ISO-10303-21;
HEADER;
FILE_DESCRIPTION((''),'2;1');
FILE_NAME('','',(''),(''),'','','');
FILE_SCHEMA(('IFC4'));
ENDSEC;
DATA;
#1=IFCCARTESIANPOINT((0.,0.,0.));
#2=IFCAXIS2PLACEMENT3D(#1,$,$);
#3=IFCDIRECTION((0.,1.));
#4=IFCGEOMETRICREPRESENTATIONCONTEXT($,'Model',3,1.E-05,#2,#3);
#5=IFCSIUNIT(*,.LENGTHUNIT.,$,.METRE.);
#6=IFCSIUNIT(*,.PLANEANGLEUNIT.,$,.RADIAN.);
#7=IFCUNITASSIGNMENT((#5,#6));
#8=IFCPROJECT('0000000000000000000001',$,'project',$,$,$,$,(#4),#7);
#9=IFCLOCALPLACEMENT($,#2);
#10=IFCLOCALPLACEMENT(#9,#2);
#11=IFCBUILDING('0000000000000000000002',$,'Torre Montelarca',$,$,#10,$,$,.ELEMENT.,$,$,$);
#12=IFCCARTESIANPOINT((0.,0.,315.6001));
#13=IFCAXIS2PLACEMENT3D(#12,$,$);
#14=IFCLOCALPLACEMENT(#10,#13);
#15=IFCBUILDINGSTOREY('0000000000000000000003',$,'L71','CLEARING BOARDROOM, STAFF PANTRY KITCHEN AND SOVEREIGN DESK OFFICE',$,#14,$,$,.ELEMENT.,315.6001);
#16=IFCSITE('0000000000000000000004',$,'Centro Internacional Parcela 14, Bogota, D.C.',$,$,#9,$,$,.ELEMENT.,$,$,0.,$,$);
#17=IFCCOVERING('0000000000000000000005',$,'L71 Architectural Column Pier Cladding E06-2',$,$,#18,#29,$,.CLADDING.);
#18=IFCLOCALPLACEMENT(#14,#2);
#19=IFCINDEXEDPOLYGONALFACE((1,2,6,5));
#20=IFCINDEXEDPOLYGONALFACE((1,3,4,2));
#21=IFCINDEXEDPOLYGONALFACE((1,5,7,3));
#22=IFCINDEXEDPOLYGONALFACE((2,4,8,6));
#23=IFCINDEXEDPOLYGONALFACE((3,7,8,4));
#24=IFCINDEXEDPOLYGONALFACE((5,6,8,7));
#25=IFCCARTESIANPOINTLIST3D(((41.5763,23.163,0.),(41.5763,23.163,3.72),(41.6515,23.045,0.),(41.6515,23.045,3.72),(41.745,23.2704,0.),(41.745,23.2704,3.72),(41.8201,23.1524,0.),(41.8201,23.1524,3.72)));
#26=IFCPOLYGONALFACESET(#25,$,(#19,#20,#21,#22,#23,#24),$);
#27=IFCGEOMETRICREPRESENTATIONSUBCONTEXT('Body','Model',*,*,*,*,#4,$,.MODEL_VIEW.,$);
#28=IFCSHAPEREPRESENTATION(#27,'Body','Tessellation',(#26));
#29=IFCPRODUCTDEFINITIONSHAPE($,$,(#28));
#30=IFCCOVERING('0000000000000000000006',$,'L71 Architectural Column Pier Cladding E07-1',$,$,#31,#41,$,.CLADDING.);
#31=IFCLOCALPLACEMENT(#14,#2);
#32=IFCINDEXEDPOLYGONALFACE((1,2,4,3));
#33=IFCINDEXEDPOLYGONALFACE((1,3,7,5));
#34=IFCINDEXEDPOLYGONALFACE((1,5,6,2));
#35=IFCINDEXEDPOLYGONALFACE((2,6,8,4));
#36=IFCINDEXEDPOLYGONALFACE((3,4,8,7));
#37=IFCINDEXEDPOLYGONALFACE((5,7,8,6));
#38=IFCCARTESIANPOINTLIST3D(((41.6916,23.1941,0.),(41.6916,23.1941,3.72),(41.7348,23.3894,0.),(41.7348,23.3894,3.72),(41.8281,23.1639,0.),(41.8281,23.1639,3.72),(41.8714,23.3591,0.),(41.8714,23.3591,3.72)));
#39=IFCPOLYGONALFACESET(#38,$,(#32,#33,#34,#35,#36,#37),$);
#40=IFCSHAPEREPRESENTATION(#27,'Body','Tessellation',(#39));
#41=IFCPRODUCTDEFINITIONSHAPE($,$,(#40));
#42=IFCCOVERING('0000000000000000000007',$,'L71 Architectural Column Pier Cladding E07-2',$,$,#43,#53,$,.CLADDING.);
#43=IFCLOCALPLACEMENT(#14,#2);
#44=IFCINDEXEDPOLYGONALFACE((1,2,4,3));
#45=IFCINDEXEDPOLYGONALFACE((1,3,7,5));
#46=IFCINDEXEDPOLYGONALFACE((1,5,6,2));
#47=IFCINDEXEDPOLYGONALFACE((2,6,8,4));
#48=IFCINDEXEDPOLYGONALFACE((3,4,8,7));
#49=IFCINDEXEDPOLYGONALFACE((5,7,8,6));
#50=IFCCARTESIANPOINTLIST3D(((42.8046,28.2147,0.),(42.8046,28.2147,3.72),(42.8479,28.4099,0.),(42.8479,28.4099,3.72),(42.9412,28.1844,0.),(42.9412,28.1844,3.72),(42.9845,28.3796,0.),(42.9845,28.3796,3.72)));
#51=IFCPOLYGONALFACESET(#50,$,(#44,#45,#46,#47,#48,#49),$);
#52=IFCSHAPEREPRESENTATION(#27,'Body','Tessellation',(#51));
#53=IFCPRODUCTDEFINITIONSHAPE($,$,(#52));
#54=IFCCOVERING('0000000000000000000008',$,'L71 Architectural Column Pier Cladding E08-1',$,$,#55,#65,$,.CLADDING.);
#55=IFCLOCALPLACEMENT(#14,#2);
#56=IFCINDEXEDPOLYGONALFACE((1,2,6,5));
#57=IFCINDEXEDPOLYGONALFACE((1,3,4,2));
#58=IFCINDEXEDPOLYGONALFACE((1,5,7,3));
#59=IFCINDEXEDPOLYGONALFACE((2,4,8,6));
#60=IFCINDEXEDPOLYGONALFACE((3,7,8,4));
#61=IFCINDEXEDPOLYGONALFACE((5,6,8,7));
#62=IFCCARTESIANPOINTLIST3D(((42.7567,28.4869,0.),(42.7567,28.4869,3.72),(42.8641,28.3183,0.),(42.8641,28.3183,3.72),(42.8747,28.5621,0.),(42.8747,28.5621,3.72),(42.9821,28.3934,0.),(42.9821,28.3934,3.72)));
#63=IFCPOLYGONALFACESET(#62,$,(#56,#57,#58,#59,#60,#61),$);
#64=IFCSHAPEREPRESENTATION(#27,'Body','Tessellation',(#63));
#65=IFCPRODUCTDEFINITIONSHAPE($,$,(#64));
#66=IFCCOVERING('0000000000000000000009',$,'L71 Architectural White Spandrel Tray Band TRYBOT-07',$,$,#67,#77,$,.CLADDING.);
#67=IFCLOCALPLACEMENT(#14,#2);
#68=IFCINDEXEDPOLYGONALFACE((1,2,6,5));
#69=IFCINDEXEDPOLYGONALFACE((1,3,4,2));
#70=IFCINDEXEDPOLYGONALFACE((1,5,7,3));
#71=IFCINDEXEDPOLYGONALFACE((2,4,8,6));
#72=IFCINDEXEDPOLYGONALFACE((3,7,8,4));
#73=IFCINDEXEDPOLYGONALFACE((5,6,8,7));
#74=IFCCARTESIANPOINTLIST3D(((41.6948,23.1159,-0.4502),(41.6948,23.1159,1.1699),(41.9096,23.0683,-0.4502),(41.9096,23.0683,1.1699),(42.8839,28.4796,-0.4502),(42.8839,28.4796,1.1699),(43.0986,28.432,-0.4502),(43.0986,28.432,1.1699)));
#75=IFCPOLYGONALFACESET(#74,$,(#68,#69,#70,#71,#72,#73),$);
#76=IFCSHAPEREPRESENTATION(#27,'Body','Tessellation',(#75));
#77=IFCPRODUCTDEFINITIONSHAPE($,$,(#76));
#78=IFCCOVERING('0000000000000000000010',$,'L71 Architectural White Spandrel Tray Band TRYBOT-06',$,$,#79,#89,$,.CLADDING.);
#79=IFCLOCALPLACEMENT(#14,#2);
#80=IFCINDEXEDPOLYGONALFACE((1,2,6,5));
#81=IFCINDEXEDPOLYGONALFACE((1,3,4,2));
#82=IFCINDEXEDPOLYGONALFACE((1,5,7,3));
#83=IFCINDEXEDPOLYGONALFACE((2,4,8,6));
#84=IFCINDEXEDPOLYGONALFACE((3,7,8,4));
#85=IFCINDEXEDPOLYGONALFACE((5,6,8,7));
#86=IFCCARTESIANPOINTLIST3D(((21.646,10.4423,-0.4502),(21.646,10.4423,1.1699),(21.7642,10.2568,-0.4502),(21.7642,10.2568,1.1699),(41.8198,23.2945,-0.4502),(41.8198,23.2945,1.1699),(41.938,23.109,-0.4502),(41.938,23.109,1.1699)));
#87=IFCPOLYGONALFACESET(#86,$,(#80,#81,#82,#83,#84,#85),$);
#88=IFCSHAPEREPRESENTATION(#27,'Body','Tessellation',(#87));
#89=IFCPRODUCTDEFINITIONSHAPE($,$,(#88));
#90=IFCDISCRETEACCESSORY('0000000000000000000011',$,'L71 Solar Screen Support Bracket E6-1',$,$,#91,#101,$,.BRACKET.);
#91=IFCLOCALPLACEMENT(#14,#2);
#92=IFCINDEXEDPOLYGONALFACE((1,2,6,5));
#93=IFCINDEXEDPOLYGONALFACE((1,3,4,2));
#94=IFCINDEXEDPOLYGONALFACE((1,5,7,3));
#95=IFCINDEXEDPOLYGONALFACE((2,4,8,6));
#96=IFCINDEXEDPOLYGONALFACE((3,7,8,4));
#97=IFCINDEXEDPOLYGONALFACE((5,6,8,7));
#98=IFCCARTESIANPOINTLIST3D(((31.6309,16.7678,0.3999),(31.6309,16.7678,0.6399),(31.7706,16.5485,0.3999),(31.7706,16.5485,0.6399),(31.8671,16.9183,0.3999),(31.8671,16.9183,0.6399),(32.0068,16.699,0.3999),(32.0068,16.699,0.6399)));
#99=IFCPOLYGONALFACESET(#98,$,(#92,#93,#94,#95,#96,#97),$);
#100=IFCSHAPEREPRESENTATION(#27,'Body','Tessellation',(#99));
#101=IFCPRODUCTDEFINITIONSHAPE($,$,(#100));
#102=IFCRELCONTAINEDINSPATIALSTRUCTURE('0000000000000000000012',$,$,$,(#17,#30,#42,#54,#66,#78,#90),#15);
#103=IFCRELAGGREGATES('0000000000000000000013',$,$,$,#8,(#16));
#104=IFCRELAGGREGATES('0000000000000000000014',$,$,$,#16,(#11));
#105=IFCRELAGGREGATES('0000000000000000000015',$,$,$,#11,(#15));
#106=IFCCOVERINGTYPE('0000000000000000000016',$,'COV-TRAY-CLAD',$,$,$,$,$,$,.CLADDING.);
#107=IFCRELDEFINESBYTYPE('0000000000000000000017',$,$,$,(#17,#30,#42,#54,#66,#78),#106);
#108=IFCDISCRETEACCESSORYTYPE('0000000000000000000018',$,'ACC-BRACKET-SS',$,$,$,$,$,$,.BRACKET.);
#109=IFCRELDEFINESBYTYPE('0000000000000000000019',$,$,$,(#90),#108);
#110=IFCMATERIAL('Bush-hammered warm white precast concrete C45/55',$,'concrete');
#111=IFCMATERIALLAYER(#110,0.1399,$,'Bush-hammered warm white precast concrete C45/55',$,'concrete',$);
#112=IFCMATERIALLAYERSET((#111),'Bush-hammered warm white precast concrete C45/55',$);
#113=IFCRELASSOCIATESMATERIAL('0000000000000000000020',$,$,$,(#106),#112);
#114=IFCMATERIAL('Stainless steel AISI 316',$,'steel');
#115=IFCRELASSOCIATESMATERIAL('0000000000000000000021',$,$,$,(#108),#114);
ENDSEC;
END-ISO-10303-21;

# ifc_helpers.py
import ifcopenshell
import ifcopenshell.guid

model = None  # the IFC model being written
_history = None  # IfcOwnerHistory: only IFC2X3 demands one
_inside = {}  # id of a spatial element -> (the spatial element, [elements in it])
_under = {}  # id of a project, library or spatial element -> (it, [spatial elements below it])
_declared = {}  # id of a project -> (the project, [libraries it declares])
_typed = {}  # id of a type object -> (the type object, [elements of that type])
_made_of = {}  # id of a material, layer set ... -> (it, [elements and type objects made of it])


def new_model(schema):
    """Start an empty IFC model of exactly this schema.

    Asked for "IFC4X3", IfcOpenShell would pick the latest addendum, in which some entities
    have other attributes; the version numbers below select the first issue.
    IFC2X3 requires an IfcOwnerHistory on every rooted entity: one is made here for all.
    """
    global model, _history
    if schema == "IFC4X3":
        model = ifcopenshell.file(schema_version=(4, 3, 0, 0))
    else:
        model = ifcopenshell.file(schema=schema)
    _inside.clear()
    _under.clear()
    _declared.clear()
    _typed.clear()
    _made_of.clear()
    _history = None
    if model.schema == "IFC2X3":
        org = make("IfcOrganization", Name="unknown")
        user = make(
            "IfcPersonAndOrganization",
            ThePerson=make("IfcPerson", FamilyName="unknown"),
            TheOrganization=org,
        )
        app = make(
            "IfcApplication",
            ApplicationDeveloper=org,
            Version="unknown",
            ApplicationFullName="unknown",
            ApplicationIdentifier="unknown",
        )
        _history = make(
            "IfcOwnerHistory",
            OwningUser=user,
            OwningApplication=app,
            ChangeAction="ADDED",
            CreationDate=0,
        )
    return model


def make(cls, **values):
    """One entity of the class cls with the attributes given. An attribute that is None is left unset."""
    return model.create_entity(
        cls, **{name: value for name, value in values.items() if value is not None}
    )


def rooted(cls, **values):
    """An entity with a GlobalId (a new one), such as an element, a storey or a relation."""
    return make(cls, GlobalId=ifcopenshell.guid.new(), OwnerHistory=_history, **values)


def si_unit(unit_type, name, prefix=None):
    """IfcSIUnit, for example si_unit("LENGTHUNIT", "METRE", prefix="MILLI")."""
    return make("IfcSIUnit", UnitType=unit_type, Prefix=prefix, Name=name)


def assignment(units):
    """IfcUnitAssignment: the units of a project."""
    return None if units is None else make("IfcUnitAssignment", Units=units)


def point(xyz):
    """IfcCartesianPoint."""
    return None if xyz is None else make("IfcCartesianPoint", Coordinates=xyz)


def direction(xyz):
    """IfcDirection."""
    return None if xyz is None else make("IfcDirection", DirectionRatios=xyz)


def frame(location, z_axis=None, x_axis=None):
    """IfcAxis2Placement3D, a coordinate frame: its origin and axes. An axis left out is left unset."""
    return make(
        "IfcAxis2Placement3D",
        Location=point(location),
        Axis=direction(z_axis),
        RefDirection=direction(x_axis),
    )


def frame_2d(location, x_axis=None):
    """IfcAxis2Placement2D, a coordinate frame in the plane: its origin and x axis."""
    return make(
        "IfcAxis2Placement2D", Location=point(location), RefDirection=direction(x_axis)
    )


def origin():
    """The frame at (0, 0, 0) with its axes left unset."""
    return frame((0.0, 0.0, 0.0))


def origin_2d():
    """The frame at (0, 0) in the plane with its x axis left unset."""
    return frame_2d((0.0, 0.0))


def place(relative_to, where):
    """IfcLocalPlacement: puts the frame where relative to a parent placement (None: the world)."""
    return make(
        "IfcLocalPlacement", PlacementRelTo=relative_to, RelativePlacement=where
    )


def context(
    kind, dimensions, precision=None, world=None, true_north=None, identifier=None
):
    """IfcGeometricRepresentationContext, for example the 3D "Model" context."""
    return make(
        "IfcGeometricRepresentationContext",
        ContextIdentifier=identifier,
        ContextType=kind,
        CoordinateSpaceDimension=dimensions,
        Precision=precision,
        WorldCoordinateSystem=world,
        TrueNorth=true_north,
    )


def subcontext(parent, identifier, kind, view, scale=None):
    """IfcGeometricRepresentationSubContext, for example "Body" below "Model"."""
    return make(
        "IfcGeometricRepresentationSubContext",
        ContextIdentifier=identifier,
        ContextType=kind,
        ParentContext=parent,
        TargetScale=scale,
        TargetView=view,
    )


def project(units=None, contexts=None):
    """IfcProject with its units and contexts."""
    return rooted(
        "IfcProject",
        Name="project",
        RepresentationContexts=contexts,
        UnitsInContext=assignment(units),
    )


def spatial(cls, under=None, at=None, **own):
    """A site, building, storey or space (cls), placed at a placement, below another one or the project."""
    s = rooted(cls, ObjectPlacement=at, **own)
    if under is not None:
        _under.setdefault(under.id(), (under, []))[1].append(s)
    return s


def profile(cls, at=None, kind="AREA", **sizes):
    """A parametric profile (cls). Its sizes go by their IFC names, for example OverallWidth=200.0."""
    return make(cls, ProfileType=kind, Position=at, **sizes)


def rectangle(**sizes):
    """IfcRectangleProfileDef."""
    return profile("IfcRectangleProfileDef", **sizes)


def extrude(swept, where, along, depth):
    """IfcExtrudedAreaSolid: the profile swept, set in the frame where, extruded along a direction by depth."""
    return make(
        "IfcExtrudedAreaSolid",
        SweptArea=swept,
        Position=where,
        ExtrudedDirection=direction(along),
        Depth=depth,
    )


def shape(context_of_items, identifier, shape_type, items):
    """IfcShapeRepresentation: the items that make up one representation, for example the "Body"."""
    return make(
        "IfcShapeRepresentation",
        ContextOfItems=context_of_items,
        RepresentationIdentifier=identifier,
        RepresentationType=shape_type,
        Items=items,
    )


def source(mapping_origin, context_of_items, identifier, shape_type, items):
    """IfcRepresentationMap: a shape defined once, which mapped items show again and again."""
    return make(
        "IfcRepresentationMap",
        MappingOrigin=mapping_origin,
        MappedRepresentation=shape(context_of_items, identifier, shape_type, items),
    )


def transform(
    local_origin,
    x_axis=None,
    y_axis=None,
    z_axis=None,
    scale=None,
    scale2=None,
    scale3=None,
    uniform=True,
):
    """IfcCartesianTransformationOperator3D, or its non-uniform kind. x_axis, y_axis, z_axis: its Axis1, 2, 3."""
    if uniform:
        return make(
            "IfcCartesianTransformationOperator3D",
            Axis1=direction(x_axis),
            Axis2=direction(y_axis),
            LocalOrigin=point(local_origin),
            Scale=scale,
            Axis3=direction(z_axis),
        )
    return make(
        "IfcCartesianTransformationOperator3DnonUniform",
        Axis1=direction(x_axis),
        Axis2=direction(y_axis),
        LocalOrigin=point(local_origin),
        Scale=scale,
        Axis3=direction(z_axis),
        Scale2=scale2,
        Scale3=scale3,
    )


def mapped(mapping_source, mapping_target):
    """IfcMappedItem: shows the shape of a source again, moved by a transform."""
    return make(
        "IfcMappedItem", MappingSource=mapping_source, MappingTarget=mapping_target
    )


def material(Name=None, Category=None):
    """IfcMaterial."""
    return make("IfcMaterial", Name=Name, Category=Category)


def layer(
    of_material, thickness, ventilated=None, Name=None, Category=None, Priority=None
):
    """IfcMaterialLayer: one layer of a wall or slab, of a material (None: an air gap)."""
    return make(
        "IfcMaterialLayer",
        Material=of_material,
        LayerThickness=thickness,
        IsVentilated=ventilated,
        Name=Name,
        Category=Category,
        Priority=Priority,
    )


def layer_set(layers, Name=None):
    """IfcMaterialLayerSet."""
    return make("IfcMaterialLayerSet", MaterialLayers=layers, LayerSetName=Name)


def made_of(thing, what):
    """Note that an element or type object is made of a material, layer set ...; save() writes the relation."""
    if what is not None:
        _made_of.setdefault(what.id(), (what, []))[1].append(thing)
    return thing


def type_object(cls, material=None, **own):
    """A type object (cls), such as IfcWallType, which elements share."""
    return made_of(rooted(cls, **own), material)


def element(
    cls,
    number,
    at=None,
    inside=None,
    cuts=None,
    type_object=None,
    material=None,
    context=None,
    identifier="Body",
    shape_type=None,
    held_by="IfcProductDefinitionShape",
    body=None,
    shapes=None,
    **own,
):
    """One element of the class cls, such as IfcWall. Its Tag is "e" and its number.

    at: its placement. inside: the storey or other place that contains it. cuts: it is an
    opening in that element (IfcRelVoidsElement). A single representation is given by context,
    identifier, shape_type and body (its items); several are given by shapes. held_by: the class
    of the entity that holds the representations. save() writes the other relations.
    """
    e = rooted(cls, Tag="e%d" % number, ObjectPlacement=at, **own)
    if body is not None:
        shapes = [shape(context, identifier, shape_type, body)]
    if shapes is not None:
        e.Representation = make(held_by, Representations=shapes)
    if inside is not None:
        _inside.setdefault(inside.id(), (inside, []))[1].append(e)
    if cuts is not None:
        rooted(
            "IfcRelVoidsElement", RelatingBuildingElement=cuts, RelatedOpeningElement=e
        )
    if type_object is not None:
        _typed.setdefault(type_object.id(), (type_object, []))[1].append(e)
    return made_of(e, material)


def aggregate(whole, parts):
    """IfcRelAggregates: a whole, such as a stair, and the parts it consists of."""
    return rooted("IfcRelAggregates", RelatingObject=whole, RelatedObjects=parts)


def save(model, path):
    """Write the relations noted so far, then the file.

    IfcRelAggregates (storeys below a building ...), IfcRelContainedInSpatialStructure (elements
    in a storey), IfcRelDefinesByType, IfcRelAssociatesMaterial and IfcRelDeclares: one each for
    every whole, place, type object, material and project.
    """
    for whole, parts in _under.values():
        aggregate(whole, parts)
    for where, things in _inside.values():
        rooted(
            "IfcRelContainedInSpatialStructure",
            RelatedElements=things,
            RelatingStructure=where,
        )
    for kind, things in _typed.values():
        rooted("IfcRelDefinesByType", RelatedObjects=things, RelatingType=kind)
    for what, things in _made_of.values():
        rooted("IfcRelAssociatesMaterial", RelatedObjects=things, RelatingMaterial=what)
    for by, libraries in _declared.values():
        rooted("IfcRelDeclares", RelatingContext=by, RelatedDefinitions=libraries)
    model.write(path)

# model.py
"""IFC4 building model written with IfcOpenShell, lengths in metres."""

from ifc_helpers import new_model, si_unit, direction, frame, origin, origin_2d, place, context, subcontext, project, spatial, rectangle, extrude, source, transform, mapped, material, layer, layer_set, type_object, element, save


model = new_model("IFC4")

# Units and contexts
model_context = context("Model", 3, precision=1e-05, world=origin(), true_north=direction((0.0, 1.0)))
body_context = subcontext(model_context, "Body", "Model", "MODEL_VIEW")
ifc_project = project(units=[si_unit("LENGTHUNIT", "METRE"), si_unit("PLANEANGLEUNIT", "RADIAN")], contexts=[model_context])

# Site, building, storey
site_placement = place(None, origin())
site = spatial("IfcSite", under=ifc_project, at=site_placement, Name="Centro Internacional Parcela 14, Bogota, D.C.", CompositionType="ELEMENT", RefElevation=0.0)
building_placement = place(site_placement, origin())
building = spatial("IfcBuilding", under=site, at=building_placement, Name="Torre Montelarca", CompositionType="ELEMENT")
storey_placement = place(building_placement, frame((0.0, 0.0, 315.6001)))
storey = spatial("IfcBuildingStorey", under=building, at=storey_placement, Name="L71", Description="CLEARING BOARDROOM, STAFF PANTRY KITCHEN AND SOVEREIGN DESK OFFICE", CompositionType="ELEMENT", Elevation=315.6001)

# Coverings
ifc_material_1 = material(Name="Bush-hammered warm white precast concrete C45/55", Category="concrete")
ifc_layer_1 = layer(ifc_material_1, 0.1399, Name="Bush-hammered warm white precast concrete C45/55", Category="concrete")
ifc_layer_set_1 = layer_set([ifc_layer_1], Name="Bush-hammered warm white precast concrete C45/55")
covering_type = type_object("IfcCoveringType", Name="COV-TRAY-CLAD", PredefinedType="CLADDING", material=ifc_layer_set_1)
shared_shape_1 = source(origin(), body_context, "Body", "SweptSolid", [
    extrude(rectangle(XDim=0.2, YDim=0.1399, at=origin_2d()), origin(), (0.0, 0.0, 1.0), 3.72),
])
for number, where, z_axis, x_axis, name in (
    (1, (41.6982, 23.1577, 0.0), (0.0, 0.0, 1.0), (0.843391, 0.537301, 0.0), "L71 Architectural Column Pier Cladding E06-2"),
    (2, (41.7815, 23.2766, 0.0), (0.0, 0.0, 1.0), (0.216429, 0.976298, 0.0), "L71 Architectural Column Pier Cladding E07-1"),
    (3, (42.8945, 28.2971, 0.0), (0.0, 0.0, 1.0), (0.216429, 0.976298, 0.0), "L71 Architectural Column Pier Cladding E07-2"),
    (4, (42.8694, 28.4402, 0.0), (0.0, 0.0, 1.0), (-0.5373, 0.843391, 0.0), "L71 Architectural Column Pier Cladding E08-1"),
):
    element("IfcCovering", number, at=place(storey_placement, frame(where, z_axis=z_axis, x_axis=x_axis)), inside=storey, type_object=covering_type, Name=name, PredefinedType="CLADDING", context=body_context, shape_type="MappedRepresentation", body=[
        mapped(shared_shape_1, transform((0.0, 0.0, 0.0), scale=1.0)),
    ])
shared_shape_2 = source(origin(), body_context, "Body", "SweptSolid", [
    extrude(rectangle(XDim=5.4939, YDim=0.22, at=origin_2d()), origin(), (0.0, 0.0, 1.0), 1.6201),
])
covering_1_placement = place(storey_placement, frame((42.3967, 25.7739, -0.4502), z_axis=(0.0, 0.0, 1.0), x_axis=(0.216433, 0.976298, 0.0)))
element("IfcCovering", 5, at=covering_1_placement, inside=storey, type_object=covering_type, Name="L71 Architectural White Spandrel Tray Band TRYBOT-07", PredefinedType="CLADDING", context=body_context, shape_type="MappedRepresentation", body=[
    mapped(shared_shape_2, transform((0.0, 0.0, 0.0), scale=1.0)),
])
shared_shape_3 = source(origin(), body_context, "Body", "SweptSolid", [
    extrude(rectangle(XDim=23.9199, YDim=0.22, at=origin_2d()), origin(), (0.0, 0.0, 1.0), 1.6201),
])
covering_2_placement = place(storey_placement, frame((31.792, 16.7756, -0.4502), z_axis=(0.0, 0.0, 1.0), x_axis=(0.843391, 0.5373, 0.0)))
element("IfcCovering", 6, at=covering_2_placement, inside=storey, type_object=covering_type, Name="L71 Architectural White Spandrel Tray Band TRYBOT-06", PredefinedType="CLADDING", context=body_context, shape_type="MappedRepresentation", body=[
    mapped(shared_shape_3, transform((0.0, 0.0, 0.0), scale=1.0)),
])

# Discrete accessory
ifc_material_2 = material(Name="Stainless steel AISI 316", Category="steel")
discrete_accessory_type = type_object("IfcDiscreteAccessoryType", Name="ACC-BRACKET-SS", PredefinedType="BRACKET", material=ifc_material_2)
shared_shape_4 = source(origin(), body_context, "Body", "SweptSolid", [
    extrude(rectangle(XDim=0.28, YDim=0.26, at=origin_2d()), origin(), (0.0, 0.0, 1.0), 0.24),
])
discrete_accessory_placement = place(storey_placement, frame((31.8188, 16.7334, 0.3999), z_axis=(0.0, 0.0, 1.0), x_axis=(0.843391, 0.5373, 0.0)))
element("IfcDiscreteAccessory", 7, at=discrete_accessory_placement, inside=storey, type_object=discrete_accessory_type, Name="L71 Solar Screen Support Bracket E6-1", PredefinedType="BRACKET", context=body_context, shape_type="MappedRepresentation", body=[
    mapped(shared_shape_4, transform((0.0, 0.0, 0.0), scale=1.0)),
])

save(model, "model.ifc")
